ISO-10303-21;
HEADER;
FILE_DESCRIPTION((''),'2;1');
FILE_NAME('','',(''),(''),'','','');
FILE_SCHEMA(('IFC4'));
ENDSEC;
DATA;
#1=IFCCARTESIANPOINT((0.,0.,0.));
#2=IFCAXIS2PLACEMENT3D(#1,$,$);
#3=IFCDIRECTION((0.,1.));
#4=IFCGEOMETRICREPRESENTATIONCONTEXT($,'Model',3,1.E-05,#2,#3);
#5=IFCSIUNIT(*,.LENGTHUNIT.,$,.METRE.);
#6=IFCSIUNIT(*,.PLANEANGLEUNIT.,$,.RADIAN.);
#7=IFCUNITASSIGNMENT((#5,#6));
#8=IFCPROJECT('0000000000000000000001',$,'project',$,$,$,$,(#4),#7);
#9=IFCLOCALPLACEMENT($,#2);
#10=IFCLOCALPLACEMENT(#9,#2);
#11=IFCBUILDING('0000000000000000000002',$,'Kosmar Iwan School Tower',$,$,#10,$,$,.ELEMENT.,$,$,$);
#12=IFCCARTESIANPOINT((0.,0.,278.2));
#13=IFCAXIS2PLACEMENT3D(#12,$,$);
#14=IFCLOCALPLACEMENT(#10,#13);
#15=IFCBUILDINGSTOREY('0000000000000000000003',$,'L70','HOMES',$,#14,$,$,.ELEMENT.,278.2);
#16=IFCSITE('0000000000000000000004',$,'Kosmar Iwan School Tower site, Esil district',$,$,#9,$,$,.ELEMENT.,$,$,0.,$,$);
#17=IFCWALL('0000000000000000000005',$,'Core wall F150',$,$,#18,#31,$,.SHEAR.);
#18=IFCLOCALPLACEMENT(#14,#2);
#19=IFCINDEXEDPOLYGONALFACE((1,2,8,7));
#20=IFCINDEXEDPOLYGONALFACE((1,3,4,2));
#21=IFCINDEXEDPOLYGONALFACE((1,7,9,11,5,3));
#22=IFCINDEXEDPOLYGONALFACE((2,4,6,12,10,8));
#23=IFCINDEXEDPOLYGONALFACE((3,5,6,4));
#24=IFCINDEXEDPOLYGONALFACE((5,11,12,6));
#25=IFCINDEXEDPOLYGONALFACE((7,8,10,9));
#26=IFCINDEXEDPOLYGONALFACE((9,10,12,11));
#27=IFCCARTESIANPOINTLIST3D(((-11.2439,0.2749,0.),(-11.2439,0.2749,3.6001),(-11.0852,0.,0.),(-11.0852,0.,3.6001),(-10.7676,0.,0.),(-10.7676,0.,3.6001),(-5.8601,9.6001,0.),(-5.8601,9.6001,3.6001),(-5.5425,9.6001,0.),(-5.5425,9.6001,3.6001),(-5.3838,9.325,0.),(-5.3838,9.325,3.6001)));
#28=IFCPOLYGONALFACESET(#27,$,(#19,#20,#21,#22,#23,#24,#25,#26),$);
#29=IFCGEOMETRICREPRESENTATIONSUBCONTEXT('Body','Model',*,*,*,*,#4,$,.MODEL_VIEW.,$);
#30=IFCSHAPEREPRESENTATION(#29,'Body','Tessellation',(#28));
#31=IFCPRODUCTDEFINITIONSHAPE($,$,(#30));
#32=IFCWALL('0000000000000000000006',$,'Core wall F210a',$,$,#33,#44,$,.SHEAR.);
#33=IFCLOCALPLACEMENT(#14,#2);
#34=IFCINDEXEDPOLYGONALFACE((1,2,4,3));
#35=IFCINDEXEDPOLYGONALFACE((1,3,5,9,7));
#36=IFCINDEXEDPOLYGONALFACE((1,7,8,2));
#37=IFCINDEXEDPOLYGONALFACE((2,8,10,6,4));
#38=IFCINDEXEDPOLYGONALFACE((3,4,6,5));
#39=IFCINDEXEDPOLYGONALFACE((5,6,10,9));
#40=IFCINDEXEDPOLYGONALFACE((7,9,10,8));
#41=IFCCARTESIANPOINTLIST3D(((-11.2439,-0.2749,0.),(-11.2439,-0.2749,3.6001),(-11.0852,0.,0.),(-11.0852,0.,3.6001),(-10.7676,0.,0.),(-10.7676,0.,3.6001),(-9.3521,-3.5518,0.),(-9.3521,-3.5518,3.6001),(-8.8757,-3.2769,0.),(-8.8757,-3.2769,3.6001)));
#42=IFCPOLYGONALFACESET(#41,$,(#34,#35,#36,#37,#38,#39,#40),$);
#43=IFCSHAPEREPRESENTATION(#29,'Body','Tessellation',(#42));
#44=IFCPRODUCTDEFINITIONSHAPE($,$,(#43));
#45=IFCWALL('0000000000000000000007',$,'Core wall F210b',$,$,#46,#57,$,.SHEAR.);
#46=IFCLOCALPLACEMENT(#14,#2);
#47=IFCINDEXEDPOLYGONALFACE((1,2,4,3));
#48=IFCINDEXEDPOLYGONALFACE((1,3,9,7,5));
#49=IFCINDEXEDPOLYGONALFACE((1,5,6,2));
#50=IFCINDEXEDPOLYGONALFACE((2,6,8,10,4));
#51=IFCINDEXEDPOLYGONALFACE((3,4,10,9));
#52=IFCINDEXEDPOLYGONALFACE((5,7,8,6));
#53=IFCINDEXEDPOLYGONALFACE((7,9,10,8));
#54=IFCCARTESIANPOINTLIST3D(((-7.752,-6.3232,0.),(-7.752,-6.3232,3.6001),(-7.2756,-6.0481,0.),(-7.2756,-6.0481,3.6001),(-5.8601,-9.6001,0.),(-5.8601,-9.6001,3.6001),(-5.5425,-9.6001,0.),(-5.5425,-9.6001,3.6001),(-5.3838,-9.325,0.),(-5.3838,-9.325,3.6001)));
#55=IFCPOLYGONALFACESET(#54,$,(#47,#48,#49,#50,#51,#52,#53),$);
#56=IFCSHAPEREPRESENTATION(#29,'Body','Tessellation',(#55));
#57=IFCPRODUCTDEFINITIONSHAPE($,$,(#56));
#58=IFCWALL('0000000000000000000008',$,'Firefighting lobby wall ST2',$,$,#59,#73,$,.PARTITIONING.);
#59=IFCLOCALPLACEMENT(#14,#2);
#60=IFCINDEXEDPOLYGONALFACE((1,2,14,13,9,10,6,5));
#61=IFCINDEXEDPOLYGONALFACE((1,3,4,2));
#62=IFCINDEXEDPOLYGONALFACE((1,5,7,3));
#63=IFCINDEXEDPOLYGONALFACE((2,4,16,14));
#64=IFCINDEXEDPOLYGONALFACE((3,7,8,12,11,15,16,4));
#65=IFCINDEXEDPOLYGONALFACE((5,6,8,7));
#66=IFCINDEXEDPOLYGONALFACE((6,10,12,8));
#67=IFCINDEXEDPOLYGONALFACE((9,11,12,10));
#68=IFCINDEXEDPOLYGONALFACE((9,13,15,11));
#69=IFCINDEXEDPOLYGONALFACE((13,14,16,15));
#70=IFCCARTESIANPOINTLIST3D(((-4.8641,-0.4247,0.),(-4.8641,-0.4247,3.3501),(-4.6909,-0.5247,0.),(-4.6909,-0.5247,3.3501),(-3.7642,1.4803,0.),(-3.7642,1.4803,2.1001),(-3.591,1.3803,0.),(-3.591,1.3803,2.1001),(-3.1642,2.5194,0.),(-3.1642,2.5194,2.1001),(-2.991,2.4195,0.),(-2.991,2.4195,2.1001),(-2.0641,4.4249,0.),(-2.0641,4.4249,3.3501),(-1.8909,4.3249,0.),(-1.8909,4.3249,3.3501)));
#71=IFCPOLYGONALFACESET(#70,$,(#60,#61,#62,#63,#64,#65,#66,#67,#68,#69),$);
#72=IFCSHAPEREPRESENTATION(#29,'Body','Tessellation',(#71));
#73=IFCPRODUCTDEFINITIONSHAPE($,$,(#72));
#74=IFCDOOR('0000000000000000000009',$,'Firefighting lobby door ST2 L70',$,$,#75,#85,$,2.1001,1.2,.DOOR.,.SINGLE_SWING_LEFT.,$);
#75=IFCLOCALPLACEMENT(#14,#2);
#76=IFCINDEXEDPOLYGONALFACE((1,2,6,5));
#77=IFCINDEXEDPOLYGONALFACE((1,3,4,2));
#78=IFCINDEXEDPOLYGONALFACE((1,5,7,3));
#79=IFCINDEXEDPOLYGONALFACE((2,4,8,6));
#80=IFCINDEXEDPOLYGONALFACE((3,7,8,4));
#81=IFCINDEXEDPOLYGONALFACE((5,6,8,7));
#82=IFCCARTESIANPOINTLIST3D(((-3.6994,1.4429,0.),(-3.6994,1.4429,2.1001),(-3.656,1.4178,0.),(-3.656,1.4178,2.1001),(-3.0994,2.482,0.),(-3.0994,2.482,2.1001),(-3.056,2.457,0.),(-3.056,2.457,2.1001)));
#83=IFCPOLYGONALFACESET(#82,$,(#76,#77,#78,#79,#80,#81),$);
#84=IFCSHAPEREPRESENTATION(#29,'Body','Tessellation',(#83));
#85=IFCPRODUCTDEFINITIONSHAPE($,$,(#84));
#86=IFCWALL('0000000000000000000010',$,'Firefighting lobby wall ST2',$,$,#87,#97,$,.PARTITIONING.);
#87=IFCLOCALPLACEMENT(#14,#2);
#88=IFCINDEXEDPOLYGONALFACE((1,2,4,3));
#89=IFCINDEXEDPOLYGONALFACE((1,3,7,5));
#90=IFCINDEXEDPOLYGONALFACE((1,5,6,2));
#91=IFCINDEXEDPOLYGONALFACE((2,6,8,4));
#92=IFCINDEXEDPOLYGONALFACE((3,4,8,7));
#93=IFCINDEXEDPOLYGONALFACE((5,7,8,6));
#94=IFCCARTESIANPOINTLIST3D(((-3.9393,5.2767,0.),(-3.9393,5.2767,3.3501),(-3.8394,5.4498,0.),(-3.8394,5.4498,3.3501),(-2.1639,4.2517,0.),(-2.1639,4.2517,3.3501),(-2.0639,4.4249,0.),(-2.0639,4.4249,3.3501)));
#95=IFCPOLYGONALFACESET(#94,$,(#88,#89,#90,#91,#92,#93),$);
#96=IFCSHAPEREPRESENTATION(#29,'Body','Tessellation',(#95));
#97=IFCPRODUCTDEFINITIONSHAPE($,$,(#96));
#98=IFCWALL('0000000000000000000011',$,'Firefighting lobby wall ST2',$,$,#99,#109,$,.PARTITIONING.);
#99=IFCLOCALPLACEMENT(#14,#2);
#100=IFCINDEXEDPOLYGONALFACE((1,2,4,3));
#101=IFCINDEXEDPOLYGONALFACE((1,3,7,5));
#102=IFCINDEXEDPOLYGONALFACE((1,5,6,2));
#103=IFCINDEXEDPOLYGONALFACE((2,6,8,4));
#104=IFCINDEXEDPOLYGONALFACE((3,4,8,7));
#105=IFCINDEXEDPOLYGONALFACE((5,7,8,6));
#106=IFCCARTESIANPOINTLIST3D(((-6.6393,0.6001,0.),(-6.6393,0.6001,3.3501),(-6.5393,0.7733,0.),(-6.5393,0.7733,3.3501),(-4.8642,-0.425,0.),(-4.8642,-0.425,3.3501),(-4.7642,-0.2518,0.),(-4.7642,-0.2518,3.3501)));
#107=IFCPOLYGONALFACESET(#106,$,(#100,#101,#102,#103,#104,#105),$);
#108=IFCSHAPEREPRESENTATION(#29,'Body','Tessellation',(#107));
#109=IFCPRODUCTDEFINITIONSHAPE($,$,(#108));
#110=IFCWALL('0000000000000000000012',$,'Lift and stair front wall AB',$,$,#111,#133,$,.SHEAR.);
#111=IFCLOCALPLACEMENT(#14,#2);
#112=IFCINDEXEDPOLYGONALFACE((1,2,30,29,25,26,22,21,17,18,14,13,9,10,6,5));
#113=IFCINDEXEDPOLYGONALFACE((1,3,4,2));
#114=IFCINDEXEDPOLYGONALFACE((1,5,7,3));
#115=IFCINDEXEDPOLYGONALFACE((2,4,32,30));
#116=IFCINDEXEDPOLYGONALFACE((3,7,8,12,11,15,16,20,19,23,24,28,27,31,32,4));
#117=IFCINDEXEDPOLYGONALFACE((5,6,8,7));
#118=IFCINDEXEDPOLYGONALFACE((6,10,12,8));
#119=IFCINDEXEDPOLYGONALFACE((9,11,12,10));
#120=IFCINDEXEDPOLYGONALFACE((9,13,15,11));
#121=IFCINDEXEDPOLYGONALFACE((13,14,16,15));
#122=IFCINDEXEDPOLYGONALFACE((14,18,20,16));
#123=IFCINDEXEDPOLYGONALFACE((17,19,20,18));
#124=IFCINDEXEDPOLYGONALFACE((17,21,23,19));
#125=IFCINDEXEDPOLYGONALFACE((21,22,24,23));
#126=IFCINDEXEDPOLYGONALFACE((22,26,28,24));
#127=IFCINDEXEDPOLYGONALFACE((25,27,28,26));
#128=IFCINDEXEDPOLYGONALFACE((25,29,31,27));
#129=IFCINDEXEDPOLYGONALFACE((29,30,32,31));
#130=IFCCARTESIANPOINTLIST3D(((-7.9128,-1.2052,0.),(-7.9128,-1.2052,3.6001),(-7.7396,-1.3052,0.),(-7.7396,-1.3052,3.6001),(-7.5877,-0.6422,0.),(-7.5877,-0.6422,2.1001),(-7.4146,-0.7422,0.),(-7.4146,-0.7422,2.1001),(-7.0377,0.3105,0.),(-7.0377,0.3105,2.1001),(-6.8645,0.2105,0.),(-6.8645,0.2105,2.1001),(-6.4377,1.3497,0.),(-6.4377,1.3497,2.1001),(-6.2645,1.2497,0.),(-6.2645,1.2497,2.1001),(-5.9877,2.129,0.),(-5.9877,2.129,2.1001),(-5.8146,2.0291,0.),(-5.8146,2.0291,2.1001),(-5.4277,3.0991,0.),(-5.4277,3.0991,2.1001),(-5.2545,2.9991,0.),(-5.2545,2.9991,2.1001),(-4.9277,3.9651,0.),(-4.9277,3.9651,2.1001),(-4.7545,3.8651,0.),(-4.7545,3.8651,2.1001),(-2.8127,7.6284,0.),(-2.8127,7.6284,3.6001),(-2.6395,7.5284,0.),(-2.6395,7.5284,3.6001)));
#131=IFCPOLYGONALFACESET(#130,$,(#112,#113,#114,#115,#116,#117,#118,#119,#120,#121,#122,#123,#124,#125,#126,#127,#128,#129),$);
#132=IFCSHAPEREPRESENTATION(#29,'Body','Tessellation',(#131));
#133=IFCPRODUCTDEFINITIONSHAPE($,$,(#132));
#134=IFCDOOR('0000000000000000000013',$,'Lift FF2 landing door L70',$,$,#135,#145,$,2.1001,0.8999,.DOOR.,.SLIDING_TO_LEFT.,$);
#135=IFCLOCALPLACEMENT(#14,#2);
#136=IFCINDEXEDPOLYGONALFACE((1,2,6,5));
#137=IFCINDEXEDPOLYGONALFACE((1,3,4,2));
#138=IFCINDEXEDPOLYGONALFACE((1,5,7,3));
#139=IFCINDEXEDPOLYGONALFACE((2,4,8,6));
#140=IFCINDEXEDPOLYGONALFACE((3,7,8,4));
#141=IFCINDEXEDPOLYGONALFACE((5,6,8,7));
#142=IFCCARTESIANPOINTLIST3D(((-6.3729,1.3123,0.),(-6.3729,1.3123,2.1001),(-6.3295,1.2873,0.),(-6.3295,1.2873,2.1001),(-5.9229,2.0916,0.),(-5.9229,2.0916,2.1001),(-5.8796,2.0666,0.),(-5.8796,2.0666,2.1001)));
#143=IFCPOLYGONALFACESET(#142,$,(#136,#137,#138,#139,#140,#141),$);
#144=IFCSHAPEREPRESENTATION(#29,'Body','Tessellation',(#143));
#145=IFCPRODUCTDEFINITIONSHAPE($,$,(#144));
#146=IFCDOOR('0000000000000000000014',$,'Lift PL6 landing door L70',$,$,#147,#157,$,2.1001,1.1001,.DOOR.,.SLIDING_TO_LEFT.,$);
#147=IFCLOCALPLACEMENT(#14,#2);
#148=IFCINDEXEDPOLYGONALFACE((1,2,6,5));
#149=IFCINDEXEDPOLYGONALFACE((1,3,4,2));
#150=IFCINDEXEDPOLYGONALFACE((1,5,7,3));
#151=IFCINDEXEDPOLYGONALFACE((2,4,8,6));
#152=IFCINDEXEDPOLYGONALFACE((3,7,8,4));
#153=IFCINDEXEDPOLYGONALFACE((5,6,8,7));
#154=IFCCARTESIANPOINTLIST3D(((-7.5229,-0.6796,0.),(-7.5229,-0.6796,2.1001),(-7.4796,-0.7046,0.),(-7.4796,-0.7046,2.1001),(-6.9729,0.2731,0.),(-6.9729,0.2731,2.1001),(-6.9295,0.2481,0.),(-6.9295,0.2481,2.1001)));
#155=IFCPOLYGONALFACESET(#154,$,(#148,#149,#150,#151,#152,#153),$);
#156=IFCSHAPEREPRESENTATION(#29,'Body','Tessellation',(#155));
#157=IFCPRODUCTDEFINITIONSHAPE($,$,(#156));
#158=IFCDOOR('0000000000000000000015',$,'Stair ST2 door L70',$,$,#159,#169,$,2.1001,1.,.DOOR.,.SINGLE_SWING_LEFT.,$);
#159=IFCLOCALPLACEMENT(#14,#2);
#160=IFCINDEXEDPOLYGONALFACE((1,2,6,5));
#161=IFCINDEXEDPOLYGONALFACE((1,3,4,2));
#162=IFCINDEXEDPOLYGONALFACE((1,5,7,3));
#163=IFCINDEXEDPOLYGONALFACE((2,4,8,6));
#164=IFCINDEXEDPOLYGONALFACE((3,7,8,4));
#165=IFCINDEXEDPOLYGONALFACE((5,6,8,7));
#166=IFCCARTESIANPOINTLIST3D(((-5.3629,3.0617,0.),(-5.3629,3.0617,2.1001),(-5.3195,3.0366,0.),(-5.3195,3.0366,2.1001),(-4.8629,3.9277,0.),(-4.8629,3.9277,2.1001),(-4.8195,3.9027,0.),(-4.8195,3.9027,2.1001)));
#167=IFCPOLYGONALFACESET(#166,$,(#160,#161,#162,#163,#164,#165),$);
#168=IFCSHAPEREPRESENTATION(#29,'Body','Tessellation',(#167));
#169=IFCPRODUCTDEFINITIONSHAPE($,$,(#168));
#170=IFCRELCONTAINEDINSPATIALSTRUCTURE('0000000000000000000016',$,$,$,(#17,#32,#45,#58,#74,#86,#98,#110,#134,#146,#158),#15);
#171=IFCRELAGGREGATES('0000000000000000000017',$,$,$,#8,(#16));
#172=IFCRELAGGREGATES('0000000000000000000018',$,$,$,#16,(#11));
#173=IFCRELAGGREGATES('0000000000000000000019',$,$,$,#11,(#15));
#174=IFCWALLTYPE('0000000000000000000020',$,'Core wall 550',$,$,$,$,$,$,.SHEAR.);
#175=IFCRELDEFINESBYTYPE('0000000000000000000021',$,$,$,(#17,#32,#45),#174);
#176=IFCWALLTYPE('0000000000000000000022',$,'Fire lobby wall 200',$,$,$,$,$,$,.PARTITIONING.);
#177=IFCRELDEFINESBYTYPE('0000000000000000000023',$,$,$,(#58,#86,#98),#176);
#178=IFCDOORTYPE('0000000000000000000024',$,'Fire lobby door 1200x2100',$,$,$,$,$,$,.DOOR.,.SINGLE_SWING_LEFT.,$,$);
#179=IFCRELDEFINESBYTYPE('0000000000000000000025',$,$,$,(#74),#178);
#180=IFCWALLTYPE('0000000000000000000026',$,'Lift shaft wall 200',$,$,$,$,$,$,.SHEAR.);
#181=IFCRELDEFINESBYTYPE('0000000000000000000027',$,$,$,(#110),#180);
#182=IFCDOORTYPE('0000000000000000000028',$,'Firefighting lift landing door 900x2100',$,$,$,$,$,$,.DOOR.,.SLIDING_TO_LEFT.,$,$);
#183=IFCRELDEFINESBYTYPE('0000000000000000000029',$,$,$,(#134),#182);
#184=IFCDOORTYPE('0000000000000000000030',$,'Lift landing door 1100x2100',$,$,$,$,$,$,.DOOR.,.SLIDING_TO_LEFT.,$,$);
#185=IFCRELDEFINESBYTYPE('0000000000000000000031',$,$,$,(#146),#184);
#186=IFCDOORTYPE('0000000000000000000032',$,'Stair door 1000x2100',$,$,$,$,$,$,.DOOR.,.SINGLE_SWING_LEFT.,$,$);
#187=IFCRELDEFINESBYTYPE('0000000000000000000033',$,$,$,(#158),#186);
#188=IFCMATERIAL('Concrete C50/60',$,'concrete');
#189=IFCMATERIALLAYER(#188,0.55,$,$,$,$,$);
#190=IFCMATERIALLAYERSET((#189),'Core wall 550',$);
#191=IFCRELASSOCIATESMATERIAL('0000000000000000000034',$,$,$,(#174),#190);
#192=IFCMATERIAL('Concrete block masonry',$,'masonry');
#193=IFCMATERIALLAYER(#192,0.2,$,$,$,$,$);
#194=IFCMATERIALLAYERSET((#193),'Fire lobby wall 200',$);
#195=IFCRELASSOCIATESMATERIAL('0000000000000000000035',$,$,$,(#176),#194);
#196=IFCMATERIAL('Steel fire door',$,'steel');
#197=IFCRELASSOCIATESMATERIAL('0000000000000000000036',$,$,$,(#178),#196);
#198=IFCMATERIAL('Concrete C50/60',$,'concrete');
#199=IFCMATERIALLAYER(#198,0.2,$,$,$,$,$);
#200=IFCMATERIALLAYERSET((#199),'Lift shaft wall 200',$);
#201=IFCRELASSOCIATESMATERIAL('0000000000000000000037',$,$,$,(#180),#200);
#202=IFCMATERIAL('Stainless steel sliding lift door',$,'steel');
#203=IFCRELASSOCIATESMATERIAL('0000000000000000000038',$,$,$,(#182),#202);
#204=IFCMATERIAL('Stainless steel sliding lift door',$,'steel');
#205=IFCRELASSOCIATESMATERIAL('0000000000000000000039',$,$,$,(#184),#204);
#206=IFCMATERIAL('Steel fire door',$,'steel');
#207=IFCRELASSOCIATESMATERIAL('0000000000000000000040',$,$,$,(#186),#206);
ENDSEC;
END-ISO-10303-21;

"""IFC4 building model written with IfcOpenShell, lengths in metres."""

from ifc_helpers import new_model, si_unit, direction, frame, frame_2d, origin, place, context, subcontext, project, spatial, polyline, rectangle, outline, extrude, material, layer, layer_set, type_object, element, fill, save


model = new_model("IFC4")

# Units and contexts
model_context = context("Model", 3, precision=1e-05, world=origin(), true_north=direction((0.0, 1.0)))
body_context = subcontext(model_context, "Body", "Model", "MODEL_VIEW")
ifc_project = project(units=[si_unit("LENGTHUNIT", "METRE"), si_unit("PLANEANGLEUNIT", "RADIAN")], contexts=[model_context])

# Site, building, storey
site_placement = place(None, origin())
site = spatial("IfcSite", under=ifc_project, at=site_placement, Name="Kosmar Iwan School Tower site, Esil district", CompositionType="ELEMENT", RefElevation=0.0)
building_placement = place(site_placement, origin())
building = spatial("IfcBuilding", under=site, at=building_placement, Name="Kosmar Iwan School Tower", CompositionType="ELEMENT")
storey_placement = place(building_placement, frame((0.0, 0.0, 278.2)))
storey = spatial("IfcBuildingStorey", under=building, at=storey_placement, Name="L70", Description="HOMES", CompositionType="ELEMENT", Elevation=278.2)

# Walls
ifc_material_1 = material(Name="Concrete C50/60", Category="concrete")
ifc_layer_1 = layer(ifc_material_1, 0.55)
ifc_layer_set_1 = layer_set([ifc_layer_1], Name="Core wall 550")
wall_type_1 = type_object("IfcWallType", Name="Core wall 550", PredefinedType="SHEAR", material=ifc_layer_set_1)
wall_1_placement = place(storey_placement, origin())
element("IfcWall", 1, at=wall_1_placement, inside=storey, type_object=wall_type_1, Name="Core wall F150", PredefinedType="SHEAR", context=body_context, shape_type="SweptSolid", body=[
    extrude(outline(polyline([(-11.0852, 0.0), (-10.7676, 0.0), (-5.3838, 9.325), (-5.5425, 9.6001), (-5.8601, 9.6001), (-11.2439, 0.2749), (-11.0852, 0.0)])), origin(), (0.0, 0.0, 1.0), 3.6001),
])
wall_2_placement = place(storey_placement, origin())
element("IfcWall", 2, at=wall_2_placement, inside=storey, type_object=wall_type_1, Name="Core wall F210a", PredefinedType="SHEAR", context=body_context, shape_type="SweptSolid", body=[
    extrude(outline(polyline([(-9.3521, -3.5518), (-8.8757, -3.2769), (-10.7676, 0.0), (-11.0852, 0.0), (-11.2439, -0.2749), (-9.3521, -3.5518)])), origin(), (0.0, 0.0, 1.0), 3.6001),
])
wall_3_placement = place(storey_placement, origin())
element("IfcWall", 3, at=wall_3_placement, inside=storey, type_object=wall_type_1, Name="Core wall F210b", PredefinedType="SHEAR", context=body_context, shape_type="SweptSolid", body=[
    extrude(outline(polyline([(-5.8601, -9.6001), (-5.5425, -9.6001), (-5.3838, -9.325), (-7.2756, -6.0481), (-7.752, -6.3232), (-5.8601, -9.6001)])), origin(), (0.0, 0.0, 1.0), 3.6001),
])

# Wall, opening, door
ifc_material_2 = material(Name="Concrete block masonry", Category="masonry")
ifc_layer_2 = layer(ifc_material_2, 0.2)
ifc_layer_set_2 = layer_set([ifc_layer_2], Name="Fire lobby wall 200")
wall_type_2 = type_object("IfcWallType", Name="Fire lobby wall 200", PredefinedType="PARTITIONING", material=ifc_layer_set_2)
wall_4_placement = place(storey_placement, frame((-1.9775, 4.3748, 0.0), z_axis=(0.0, 0.0, 1.0), x_axis=(-0.500017, -0.866016, 0.0)))
wall_4 = element("IfcWall", 4, at=wall_4_placement, inside=storey, type_object=wall_type_2, Name="Firefighting lobby wall ST2", PredefinedType="PARTITIONING", context=body_context, shape_type="SweptSolid", body=[
    extrude(rectangle(XDim=5.5999, YDim=0.2, at=frame_2d((2.7998, 0.0))), origin(), (0.0, 0.0, 1.0), 3.3501),
])
opening_1_placement = place(wall_4_placement, frame((2.2, 0.0, 0.0)))
opening_1 = element("IfcOpeningElement", 5, at=opening_1_placement, cuts=wall_4, PredefinedType="OPENING", context=body_context, shape_type="SweptSolid", body=[
    extrude(rectangle(XDim=1.2, YDim=2.1001, at=frame_2d((0.6001, 1.05))), frame((0.0, 0.1121, 0.0), z_axis=(0.0, -1.0, 0.0), x_axis=(1.0, 0.0, 0.0)), (0.0, 0.0, 1.0), 0.2239),
])
ifc_material_3 = material(Name="Steel fire door", Category="steel")
door_type_1 = type_object("IfcDoorType", Name="Fire lobby door 1200x2100", OperationType="SINGLE_SWING_LEFT", PredefinedType="DOOR", material=ifc_material_3)
door_1_placement = place(opening_1_placement, origin())
door_1 = element("IfcDoor", 6, at=door_1_placement, inside=storey, type_object=door_type_1, Name="Firefighting lobby door ST2 L70", OperationType="SINGLE_SWING_LEFT", OverallHeight=2.1001, OverallWidth=1.2, PredefinedType="DOOR", context=body_context, shape_type="SweptSolid", body=[
    extrude(rectangle(XDim=1.2, YDim=2.1001, at=frame_2d((0.6001, 1.05))), frame((0.0, 0.0249, 0.0), z_axis=(0.0, -1.0, 0.0), x_axis=(1.0, 0.0, 0.0)), (0.0, 0.0, 1.0), 0.05),
])
fill(opening_1, door_1)

# Walls
wall_5_placement = place(storey_placement, frame((-2.114, 4.3384, 0.0), z_axis=(0.0, 0.0, 1.0), x_axis=(-0.866051, 0.499956, 0.0)))
element("IfcWall", 7, at=wall_5_placement, inside=storey, type_object=wall_type_2, Name="Firefighting lobby wall ST2", PredefinedType="PARTITIONING", context=body_context, shape_type="SweptSolid", body=[
    extrude(rectangle(XDim=2.05, YDim=0.2, at=frame_2d((1.0249, 0.0))), origin(), (0.0, 0.0, 1.0), 3.3501),
])
wall_6_placement = place(storey_placement, frame((-4.8142, -0.3384, 0.0), z_axis=(0.0, 0.0, 1.0), x_axis=(-0.865969, 0.500097, 0.0)))
element("IfcWall", 8, at=wall_6_placement, inside=storey, type_object=wall_type_2, Name="Firefighting lobby wall ST2", PredefinedType="PARTITIONING", context=body_context, shape_type="SweptSolid", body=[
    extrude(rectangle(XDim=2.0498, YDim=0.2, at=frame_2d((1.0249, 0.0))), origin(), (0.0, 0.0, 1.0), 3.3501),
])

# Wall, openings, doors
ifc_material_4 = material(Name="Concrete C50/60", Category="concrete")
ifc_layer_3 = layer(ifc_material_4, 0.2)
ifc_layer_set_3 = layer_set([ifc_layer_3], Name="Lift shaft wall 200")
wall_type_3 = type_object("IfcWallType", Name="Lift shaft wall 200", PredefinedType="SHEAR", material=ifc_layer_set_3)
wall_7_placement = place(storey_placement, frame((-2.7261, 7.5784, 0.0), z_axis=(0.0, 0.0, 1.0), x_axis=(-0.500006, -0.866022, 0.0)))
wall_7 = element("IfcWall", 9, at=wall_7_placement, inside=storey, type_object=wall_type_3, Name="Lift and stair front wall AB", PredefinedType="SHEAR", context=body_context, shape_type="SweptSolid", body=[
    extrude(rectangle(XDim=10.2002, YDim=0.2, at=frame_2d((5.1001, 0.0))), origin(), (0.0, 0.0, 1.0), 3.6001),
])
opening_2_placement = place(wall_7_placement, frame((6.3501, 0.0, 0.0)))
opening_2 = element("IfcOpeningElement", 10, at=opening_2_placement, cuts=wall_7, PredefinedType="OPENING", context=body_context, shape_type="SweptSolid", body=[
    extrude(rectangle(XDim=0.8999, YDim=2.1001, at=frame_2d((0.45, 1.05))), frame((0.0, 0.1121, 0.0), z_axis=(0.0, -1.0, 0.0), x_axis=(1.0, 0.0, 0.0)), (0.0, 0.0, 1.0), 0.2239),
])
opening_3_placement = place(wall_7_placement, frame((8.45, 0.0, 0.0)))
opening_3 = element("IfcOpeningElement", 11, at=opening_3_placement, cuts=wall_7, PredefinedType="OPENING", context=body_context, shape_type="SweptSolid", body=[
    extrude(rectangle(XDim=1.1001, YDim=2.1001, at=frame_2d((0.55, 1.05))), frame((0.0, 0.1121, 0.0), z_axis=(0.0, -1.0, 0.0), x_axis=(1.0, 0.0, 0.0)), (0.0, 0.0, 1.0), 0.2239),
])
opening_4_placement = place(wall_7_placement, frame((4.23, 0.0, 0.0)))
opening_4 = element("IfcOpeningElement", 12, at=opening_4_placement, cuts=wall_7, PredefinedType="OPENING", context=body_context, shape_type="SweptSolid", body=[
    extrude(rectangle(XDim=1.0, YDim=2.1001, at=frame_2d((0.5, 1.05))), frame((0.0, 0.1121, 0.0), z_axis=(0.0, -1.0, 0.0), x_axis=(1.0, 0.0, 0.0)), (0.0, 0.0, 1.0), 0.2239),
])
ifc_material_5 = material(Name="Stainless steel sliding lift door", Category="steel")
door_type_2 = type_object("IfcDoorType", Name="Firefighting lift landing door 900x2100", OperationType="SLIDING_TO_LEFT", PredefinedType="DOOR", material=ifc_material_5)
door_2_placement = place(opening_2_placement, origin())
door_2 = element("IfcDoor", 13, at=door_2_placement, inside=storey, type_object=door_type_2, Name="Lift FF2 landing door L70", OperationType="SLIDING_TO_LEFT", OverallHeight=2.1001, OverallWidth=0.8999, PredefinedType="DOOR", context=body_context, shape_type="SweptSolid", body=[
    extrude(rectangle(XDim=0.8999, YDim=2.1001, at=frame_2d((0.45, 1.05))), frame((0.0, 0.0249, 0.0), z_axis=(0.0, -1.0, 0.0), x_axis=(1.0, 0.0, 0.0)), (0.0, 0.0, 1.0), 0.05),
])
fill(opening_2, door_2)
ifc_material_6 = material(Name="Stainless steel sliding lift door", Category="steel")
door_type_3 = type_object("IfcDoorType", Name="Lift landing door 1100x2100", OperationType="SLIDING_TO_LEFT", PredefinedType="DOOR", material=ifc_material_6)
door_3_placement = place(opening_3_placement, origin())
door_3 = element("IfcDoor", 14, at=door_3_placement, inside=storey, type_object=door_type_3, Name="Lift PL6 landing door L70", OperationType="SLIDING_TO_LEFT", OverallHeight=2.1001, OverallWidth=1.1001, PredefinedType="DOOR", context=body_context, shape_type="SweptSolid", body=[
    extrude(rectangle(XDim=1.1001, YDim=2.1001, at=frame_2d((0.55, 1.05))), frame((0.0, 0.0249, 0.0), z_axis=(0.0, -1.0, 0.0), x_axis=(1.0, 0.0, 0.0)), (0.0, 0.0, 1.0), 0.05),
])
fill(opening_3, door_3)
ifc_material_7 = material(Name="Steel fire door", Category="steel")
door_type_4 = type_object("IfcDoorType", Name="Stair door 1000x2100", OperationType="SINGLE_SWING_LEFT", PredefinedType="DOOR", material=ifc_material_7)
door_4_placement = place(opening_4_placement, origin())
door_4 = element("IfcDoor", 15, at=door_4_placement, inside=storey, type_object=door_type_4, Name="Stair ST2 door L70", OperationType="SINGLE_SWING_LEFT", OverallHeight=2.1001, OverallWidth=1.0, PredefinedType="DOOR", context=body_context, shape_type="SweptSolid", body=[
    extrude(rectangle(XDim=1.0, YDim=2.1001, at=frame_2d((0.5, 1.05))), frame((0.0, 0.0249, 0.0), z_axis=(0.0, -1.0, 0.0), x_axis=(1.0, 0.0, 0.0)), (0.0, 0.0, 1.0), 0.05),
])
fill(opening_4, door_4)

save(model, "model.ifc")
